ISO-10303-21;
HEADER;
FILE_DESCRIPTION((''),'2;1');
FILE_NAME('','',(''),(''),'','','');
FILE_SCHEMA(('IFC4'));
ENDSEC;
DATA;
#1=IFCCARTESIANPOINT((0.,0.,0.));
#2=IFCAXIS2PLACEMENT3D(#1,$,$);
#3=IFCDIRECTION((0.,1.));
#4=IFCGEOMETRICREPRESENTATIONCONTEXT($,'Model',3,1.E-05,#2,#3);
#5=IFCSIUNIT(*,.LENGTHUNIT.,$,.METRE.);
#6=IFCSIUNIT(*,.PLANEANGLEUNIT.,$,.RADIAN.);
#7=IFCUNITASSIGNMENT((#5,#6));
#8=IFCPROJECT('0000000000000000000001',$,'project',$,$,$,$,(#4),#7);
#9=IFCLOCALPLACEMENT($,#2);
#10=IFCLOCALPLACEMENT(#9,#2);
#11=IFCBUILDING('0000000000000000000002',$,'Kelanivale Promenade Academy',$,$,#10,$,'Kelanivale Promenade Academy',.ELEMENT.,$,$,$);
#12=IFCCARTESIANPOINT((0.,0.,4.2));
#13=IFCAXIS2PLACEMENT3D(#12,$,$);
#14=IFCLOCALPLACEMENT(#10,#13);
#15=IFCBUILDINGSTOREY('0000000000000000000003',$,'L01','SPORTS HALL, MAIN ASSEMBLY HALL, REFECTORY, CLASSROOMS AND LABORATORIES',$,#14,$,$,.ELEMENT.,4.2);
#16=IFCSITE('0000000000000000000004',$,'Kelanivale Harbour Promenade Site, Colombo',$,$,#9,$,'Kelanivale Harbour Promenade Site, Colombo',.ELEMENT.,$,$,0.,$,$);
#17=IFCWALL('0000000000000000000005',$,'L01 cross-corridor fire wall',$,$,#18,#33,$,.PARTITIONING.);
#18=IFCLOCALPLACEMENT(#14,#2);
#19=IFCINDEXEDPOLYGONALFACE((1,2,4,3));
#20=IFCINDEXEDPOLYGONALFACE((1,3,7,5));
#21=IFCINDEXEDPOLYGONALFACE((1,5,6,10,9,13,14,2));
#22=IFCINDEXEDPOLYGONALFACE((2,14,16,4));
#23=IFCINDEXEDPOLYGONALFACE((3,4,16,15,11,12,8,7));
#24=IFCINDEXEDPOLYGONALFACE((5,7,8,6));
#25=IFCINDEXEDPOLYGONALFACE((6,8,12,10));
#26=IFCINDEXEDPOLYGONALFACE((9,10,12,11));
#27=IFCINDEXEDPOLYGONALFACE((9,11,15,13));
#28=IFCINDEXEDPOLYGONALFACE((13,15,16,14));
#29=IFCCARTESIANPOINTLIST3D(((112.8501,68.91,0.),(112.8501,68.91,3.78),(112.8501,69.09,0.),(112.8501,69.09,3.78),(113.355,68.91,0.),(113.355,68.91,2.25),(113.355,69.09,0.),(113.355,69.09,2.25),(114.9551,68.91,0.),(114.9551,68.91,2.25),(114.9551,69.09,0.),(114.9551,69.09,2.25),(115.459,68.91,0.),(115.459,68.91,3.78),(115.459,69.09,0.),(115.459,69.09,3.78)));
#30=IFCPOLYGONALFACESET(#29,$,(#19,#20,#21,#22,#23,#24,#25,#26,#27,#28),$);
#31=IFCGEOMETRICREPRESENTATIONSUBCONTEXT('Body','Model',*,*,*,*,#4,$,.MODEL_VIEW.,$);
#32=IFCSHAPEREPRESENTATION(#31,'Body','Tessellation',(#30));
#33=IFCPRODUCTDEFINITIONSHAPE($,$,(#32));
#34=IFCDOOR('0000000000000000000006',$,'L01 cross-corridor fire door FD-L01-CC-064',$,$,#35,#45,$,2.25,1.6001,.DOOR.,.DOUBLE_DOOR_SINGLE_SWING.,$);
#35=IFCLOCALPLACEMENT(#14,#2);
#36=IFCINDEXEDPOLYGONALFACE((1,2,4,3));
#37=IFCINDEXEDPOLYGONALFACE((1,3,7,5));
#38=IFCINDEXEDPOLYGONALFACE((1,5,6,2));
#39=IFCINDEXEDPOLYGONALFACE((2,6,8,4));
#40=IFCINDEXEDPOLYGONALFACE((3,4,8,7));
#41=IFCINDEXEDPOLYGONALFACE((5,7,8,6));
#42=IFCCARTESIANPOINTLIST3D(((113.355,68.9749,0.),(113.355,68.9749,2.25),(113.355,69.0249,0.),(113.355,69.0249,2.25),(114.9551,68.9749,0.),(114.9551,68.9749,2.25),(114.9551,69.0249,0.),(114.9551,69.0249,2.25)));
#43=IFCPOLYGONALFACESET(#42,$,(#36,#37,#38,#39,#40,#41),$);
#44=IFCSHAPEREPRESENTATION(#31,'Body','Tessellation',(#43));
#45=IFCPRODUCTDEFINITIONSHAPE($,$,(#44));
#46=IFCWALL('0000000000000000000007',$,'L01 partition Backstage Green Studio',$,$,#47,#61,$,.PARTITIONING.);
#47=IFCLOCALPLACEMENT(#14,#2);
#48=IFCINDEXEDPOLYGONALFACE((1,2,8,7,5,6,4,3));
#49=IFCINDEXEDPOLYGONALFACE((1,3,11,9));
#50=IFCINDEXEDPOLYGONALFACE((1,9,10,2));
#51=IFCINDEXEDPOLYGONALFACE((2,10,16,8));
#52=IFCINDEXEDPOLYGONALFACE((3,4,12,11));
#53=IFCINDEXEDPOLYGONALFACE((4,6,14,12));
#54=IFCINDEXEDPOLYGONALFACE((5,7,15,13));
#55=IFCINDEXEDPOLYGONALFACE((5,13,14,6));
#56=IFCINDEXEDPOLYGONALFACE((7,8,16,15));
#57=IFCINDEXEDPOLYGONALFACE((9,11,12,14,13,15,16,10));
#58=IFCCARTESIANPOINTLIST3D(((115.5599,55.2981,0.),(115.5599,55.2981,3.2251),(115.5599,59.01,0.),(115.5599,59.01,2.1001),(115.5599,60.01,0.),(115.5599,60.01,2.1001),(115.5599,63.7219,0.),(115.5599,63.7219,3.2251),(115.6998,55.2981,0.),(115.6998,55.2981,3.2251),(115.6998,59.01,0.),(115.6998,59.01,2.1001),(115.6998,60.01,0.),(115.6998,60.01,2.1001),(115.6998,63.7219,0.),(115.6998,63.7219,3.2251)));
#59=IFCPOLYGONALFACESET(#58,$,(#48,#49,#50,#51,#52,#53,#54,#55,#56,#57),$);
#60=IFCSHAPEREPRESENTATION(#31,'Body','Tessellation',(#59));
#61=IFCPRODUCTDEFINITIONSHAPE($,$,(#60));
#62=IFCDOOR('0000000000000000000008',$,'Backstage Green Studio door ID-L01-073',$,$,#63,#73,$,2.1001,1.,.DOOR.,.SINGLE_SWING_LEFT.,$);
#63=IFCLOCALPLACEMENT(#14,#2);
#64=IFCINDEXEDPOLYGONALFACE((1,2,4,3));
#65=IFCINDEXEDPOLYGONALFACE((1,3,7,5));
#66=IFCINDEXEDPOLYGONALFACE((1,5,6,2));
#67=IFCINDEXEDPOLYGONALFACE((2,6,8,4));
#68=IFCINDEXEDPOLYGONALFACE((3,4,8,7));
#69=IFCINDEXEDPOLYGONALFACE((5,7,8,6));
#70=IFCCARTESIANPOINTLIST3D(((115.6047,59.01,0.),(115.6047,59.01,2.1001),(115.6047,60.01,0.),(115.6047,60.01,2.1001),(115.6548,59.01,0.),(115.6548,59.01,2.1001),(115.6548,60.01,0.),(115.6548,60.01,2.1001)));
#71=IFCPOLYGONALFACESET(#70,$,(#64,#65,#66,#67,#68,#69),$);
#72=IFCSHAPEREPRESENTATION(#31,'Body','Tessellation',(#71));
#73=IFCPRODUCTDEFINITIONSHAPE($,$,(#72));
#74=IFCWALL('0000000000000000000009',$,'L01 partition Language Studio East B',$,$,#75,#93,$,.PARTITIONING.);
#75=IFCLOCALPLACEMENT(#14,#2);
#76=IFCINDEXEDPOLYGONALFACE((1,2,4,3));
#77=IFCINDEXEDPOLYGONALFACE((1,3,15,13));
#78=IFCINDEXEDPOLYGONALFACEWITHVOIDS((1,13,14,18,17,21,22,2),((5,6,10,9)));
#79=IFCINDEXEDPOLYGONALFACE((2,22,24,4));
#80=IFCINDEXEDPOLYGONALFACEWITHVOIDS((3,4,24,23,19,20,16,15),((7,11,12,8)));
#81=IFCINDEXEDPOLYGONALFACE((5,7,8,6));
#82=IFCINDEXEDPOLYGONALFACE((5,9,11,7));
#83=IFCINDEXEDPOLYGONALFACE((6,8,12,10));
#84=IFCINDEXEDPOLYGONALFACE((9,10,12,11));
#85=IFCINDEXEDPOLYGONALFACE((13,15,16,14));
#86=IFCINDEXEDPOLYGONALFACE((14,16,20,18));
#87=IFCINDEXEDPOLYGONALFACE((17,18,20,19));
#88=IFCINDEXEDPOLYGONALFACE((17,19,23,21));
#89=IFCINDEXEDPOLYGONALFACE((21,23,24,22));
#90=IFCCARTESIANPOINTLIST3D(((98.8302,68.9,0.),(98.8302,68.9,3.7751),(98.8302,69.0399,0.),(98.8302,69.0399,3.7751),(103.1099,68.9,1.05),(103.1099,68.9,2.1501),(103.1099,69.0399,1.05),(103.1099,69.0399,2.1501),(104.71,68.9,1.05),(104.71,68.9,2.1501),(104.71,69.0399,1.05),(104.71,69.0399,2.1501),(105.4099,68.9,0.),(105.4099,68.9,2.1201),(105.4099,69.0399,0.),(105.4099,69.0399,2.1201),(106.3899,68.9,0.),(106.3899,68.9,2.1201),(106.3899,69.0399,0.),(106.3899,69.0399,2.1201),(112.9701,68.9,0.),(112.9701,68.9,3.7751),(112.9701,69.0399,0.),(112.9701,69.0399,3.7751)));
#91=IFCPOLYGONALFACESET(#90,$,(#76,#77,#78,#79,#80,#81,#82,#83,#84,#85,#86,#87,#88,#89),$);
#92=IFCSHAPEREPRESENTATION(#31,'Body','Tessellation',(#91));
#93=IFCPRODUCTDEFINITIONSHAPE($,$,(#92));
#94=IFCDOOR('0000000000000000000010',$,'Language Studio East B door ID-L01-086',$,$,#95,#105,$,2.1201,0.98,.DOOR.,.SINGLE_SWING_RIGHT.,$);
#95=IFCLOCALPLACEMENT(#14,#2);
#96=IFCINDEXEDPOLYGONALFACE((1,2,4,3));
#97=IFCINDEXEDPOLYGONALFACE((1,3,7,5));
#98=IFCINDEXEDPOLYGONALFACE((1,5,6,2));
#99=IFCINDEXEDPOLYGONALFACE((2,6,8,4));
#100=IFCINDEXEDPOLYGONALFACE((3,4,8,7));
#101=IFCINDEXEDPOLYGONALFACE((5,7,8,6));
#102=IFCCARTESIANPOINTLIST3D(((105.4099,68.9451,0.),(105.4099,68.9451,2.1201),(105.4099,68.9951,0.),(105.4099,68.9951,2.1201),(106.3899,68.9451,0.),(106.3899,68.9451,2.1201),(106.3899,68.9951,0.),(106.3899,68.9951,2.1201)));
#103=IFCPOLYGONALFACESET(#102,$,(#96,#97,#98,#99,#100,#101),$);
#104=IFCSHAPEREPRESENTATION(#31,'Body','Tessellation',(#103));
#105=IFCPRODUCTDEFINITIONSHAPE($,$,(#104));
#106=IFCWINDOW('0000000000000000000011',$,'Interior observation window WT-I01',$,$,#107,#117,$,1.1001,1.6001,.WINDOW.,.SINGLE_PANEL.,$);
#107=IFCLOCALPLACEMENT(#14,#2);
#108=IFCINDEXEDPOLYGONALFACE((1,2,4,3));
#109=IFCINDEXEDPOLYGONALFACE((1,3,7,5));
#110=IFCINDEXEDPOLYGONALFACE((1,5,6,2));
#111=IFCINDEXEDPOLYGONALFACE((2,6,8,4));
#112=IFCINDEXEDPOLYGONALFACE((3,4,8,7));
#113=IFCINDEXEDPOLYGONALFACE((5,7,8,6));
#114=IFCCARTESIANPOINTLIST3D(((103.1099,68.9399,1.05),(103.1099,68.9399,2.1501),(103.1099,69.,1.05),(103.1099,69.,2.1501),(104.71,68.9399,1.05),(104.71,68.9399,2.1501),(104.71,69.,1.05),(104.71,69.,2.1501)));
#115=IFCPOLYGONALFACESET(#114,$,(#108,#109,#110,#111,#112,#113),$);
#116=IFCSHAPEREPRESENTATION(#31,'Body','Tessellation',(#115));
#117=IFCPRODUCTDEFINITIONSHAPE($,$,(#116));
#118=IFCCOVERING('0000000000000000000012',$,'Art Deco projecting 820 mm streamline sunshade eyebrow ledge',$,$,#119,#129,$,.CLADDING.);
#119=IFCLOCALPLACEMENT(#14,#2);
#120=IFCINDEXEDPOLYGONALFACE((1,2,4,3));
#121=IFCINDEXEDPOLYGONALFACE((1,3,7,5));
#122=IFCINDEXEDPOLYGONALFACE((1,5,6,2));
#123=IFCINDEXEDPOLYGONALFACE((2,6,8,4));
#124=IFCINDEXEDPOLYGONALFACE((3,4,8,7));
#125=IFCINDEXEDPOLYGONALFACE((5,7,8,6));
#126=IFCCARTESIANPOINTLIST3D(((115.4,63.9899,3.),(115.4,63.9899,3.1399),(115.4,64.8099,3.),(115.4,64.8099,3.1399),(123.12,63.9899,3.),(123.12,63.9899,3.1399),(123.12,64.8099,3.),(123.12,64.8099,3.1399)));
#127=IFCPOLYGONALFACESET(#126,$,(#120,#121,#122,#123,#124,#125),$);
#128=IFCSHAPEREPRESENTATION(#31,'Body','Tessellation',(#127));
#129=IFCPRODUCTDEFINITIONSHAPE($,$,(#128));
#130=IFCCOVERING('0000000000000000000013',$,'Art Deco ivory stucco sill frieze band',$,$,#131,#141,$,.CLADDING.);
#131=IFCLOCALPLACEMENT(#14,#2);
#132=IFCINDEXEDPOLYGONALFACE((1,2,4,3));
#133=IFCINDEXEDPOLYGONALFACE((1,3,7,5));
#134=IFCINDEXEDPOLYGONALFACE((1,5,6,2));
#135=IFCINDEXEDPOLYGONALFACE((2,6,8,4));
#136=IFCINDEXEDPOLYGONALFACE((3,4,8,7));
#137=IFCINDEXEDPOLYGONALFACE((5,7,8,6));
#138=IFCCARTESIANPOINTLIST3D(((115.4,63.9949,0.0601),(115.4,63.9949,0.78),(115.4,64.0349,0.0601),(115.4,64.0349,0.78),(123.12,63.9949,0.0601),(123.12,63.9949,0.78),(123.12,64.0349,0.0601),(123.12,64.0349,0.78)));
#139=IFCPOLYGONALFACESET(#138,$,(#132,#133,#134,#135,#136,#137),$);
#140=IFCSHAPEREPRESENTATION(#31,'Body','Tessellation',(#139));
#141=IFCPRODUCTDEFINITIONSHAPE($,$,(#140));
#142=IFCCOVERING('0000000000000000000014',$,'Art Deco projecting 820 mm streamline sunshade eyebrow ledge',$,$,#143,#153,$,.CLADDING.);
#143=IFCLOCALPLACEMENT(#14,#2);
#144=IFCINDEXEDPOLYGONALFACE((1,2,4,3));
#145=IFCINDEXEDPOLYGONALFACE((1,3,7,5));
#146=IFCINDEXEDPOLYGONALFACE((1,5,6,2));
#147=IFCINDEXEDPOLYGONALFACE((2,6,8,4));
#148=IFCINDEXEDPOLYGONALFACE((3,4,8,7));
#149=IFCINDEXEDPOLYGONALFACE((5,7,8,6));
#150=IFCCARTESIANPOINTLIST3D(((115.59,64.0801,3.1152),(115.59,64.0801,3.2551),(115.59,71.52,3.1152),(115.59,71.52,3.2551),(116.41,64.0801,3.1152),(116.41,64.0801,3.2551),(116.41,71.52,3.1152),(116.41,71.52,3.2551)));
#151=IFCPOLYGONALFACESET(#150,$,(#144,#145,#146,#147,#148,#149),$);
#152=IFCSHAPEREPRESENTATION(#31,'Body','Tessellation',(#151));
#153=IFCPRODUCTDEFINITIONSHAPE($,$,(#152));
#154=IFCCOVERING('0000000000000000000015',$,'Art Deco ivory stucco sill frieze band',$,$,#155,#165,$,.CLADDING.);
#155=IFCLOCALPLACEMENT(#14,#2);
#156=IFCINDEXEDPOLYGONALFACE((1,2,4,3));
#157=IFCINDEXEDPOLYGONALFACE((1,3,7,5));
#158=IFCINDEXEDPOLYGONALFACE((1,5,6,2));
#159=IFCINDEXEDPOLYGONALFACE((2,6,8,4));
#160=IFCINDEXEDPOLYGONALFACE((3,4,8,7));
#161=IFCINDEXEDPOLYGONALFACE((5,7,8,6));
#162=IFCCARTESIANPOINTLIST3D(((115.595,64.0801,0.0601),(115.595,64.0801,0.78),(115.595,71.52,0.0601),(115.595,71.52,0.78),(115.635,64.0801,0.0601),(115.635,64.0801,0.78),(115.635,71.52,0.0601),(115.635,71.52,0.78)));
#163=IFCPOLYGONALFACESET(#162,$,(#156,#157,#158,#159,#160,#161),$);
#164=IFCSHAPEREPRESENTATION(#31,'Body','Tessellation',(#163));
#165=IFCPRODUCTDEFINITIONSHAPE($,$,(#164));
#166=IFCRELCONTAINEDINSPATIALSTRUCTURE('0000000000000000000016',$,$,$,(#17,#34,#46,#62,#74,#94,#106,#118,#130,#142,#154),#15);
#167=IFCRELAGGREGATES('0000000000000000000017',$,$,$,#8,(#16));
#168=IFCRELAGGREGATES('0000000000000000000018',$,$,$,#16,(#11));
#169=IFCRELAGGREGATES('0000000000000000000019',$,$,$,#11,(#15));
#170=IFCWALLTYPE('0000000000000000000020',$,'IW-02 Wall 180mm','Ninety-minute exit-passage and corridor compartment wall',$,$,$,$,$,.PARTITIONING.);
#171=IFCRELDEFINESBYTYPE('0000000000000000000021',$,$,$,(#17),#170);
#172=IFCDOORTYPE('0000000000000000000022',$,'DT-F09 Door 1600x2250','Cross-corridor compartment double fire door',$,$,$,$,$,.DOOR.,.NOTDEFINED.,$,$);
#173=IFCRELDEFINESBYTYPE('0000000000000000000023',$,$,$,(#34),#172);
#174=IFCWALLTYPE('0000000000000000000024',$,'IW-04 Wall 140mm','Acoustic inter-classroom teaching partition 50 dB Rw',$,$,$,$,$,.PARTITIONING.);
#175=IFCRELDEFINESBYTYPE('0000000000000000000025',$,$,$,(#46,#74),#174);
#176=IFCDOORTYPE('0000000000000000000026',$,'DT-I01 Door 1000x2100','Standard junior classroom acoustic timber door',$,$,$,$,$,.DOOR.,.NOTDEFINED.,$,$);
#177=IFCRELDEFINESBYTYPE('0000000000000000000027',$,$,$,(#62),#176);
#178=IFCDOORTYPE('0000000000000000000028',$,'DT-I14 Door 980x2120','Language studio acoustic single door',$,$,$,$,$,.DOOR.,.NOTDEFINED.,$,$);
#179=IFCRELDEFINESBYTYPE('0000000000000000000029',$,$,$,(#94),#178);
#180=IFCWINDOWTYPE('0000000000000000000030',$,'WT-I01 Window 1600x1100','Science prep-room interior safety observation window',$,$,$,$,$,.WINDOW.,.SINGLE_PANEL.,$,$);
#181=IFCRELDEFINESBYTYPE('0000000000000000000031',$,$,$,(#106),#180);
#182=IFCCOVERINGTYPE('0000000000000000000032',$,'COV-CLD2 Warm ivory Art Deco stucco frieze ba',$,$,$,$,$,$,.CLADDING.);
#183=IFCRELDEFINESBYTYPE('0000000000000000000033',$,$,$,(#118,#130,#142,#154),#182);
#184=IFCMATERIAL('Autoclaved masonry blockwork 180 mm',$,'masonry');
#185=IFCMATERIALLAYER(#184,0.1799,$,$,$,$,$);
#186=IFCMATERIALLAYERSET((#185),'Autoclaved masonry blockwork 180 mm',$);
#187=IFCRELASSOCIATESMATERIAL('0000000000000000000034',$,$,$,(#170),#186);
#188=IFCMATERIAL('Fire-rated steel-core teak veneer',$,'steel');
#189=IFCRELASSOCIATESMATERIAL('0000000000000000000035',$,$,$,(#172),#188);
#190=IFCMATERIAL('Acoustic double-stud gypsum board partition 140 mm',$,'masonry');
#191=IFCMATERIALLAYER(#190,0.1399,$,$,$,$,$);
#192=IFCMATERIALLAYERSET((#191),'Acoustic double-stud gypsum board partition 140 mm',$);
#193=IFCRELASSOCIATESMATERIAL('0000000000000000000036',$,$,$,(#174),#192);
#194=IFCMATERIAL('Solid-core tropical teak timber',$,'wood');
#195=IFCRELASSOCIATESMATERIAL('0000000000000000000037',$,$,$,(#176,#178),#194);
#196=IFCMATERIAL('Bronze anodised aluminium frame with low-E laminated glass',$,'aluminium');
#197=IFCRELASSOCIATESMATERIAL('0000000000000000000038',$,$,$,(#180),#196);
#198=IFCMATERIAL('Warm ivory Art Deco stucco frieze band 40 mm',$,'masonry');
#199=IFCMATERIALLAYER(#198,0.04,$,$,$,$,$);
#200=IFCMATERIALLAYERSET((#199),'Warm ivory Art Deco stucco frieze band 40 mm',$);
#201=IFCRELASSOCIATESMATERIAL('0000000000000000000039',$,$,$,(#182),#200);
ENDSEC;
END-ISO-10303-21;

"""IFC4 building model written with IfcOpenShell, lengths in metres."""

from ifc_helpers import new_model, si_unit, direction, frame, frame_2d, origin, origin_2d, place, context, subcontext, project, spatial, rectangle, extrude, material, layer, layer_set, type_object, element, fill, save


model = new_model("IFC4")

# Units and contexts
model_context = context("Model", 3, precision=1e-05, world=origin(), true_north=direction((0.0, 1.0)))
body_context = subcontext(model_context, "Body", "Model", "MODEL_VIEW")
ifc_project = project(units=[si_unit("LENGTHUNIT", "METRE"), si_unit("PLANEANGLEUNIT", "RADIAN")], contexts=[model_context])

# Site, building, storey
site_placement = place(None, origin())
site = spatial("IfcSite", under=ifc_project, at=site_placement, Name="Kelanivale Harbour Promenade Site, Colombo", LongName="Kelanivale Harbour Promenade Site, Colombo", CompositionType="ELEMENT", RefElevation=0.0)
building_placement = place(site_placement, origin())
building = spatial("IfcBuilding", under=site, at=building_placement, Name="Kelanivale Promenade Academy", LongName="Kelanivale Promenade Academy", CompositionType="ELEMENT")
storey_placement = place(building_placement, frame((0.0, 0.0, 4.2)))
storey = spatial("IfcBuildingStorey", under=building, at=storey_placement, Name="L01", Description="SPORTS HALL, MAIN ASSEMBLY HALL, REFECTORY, CLASSROOMS AND LABORATORIES", CompositionType="ELEMENT", Elevation=4.2)

# Shared definitions
ifc_material_1 = material(Name="Bronze anodised aluminium frame with low-E laminated glass", Category="aluminium")

# Walls, openings, doors
ifc_material_2 = material(Name="Autoclaved masonry blockwork 180 mm", Category="masonry")
ifc_layer_1 = layer(ifc_material_2, 0.1799)
ifc_layer_set_1 = layer_set([ifc_layer_1], Name="Autoclaved masonry blockwork 180 mm")
wall_type_1 = type_object("IfcWallType", Name="IW-02 Wall 180mm", Description="Ninety-minute exit-passage and corridor compartment wall", PredefinedType="PARTITIONING", material=ifc_layer_set_1)
wall_1_placement = place(storey_placement, frame((112.8501, 69.0, 0.0), z_axis=(0.0, 0.0, 1.0), x_axis=(1.0, 0.0, 0.0)))
wall_1 = element("IfcWall", 1, at=wall_1_placement, inside=storey, type_object=wall_type_1, Name="L01 cross-corridor fire wall", PredefinedType="PARTITIONING", context=body_context, shape_type="SweptSolid", body=[
    extrude(rectangle(XDim=2.6089, YDim=0.1799, at=frame_2d((1.3044, 0.0))), origin(), (0.0, 0.0, 1.0), 3.78),
])
opening_1_placement = place(wall_1_placement, frame((0.5049, 0.0, 0.0)))
opening_1 = element("IfcOpeningElement", 2, at=opening_1_placement, cuts=wall_1, PredefinedType="OPENING", context=body_context, shape_type="SweptSolid", body=[
    extrude(rectangle(XDim=1.6001, YDim=2.25, at=frame_2d((0.8, 1.125))), frame((0.0, 0.1001, 0.0), z_axis=(0.0, -1.0, 0.0), x_axis=(1.0, 0.0, 0.0)), (0.0, 0.0, 1.0), 0.2),
])
ifc_material_3 = material(Name="Fire-rated steel-core teak veneer", Category="steel")
door_type_1 = type_object("IfcDoorType", Name="DT-F09 Door 1600x2250", Description="Cross-corridor compartment double fire door", OperationType="NOTDEFINED", PredefinedType="DOOR", material=ifc_material_3)
door_1_placement = place(opening_1_placement, origin())
door_1 = element("IfcDoor", 3, at=door_1_placement, inside=storey, type_object=door_type_1, Name="L01 cross-corridor fire door FD-L01-CC-064", OperationType="DOUBLE_DOOR_SINGLE_SWING", OverallHeight=2.25, OverallWidth=1.6001, PredefinedType="DOOR", context=body_context, shape_type="SweptSolid", body=[
    extrude(rectangle(XDim=1.6001, YDim=2.25, at=frame_2d((0.8, 1.125))), frame((0.0, 0.0249, 0.0), z_axis=(0.0, -1.0, 0.0), x_axis=(1.0, 0.0, 0.0)), (0.0, 0.0, 1.0), 0.05),
])
fill(opening_1, door_1)
ifc_material_4 = material(Name="Acoustic double-stud gypsum board partition 140 mm", Category="masonry")
ifc_layer_2 = layer(ifc_material_4, 0.1399)
ifc_layer_set_2 = layer_set([ifc_layer_2], Name="Acoustic double-stud gypsum board partition 140 mm")
wall_type_2 = type_object("IfcWallType", Name="IW-04 Wall 140mm", Description="Acoustic inter-classroom teaching partition 50 dB Rw", PredefinedType="PARTITIONING", material=ifc_layer_set_2)
wall_2_placement = place(storey_placement, frame((115.6299, 63.7219, 0.0), z_axis=(0.0, 0.0, 1.0), x_axis=(0.0, -1.0, 0.0)))
wall_2 = element("IfcWall", 4, at=wall_2_placement, inside=storey, type_object=wall_type_2, Name="L01 partition Backstage Green Studio", PredefinedType="PARTITIONING", context=body_context, shape_type="SweptSolid", body=[
    extrude(rectangle(XDim=8.4238, YDim=0.1399, at=frame_2d((4.2119, 0.0))), origin(), (0.0, 0.0, 1.0), 3.2251),
])
opening_2_placement = place(wall_2_placement, frame((3.7119, 0.0, 0.0)))
opening_2 = element("IfcOpeningElement", 5, at=opening_2_placement, cuts=wall_2, PredefinedType="OPENING", context=body_context, shape_type="SweptSolid", body=[
    extrude(rectangle(XDim=1.0, YDim=2.1001, at=frame_2d((0.5, 1.05))), frame((0.0, 0.0801, 0.0), z_axis=(0.0, -1.0, 0.0), x_axis=(1.0, 0.0, 0.0)), (0.0, 0.0, 1.0), 0.1599),
])
ifc_material_5 = material(Name="Solid-core tropical teak timber", Category="wood")
door_type_2 = type_object("IfcDoorType", Name="DT-I01 Door 1000x2100", Description="Standard junior classroom acoustic timber door", OperationType="NOTDEFINED", PredefinedType="DOOR", material=ifc_material_5)
door_2_placement = place(opening_2_placement, origin())
door_2 = element("IfcDoor", 6, at=door_2_placement, inside=storey, type_object=door_type_2, Name="Backstage Green Studio door ID-L01-073", OperationType="SINGLE_SWING_LEFT", OverallHeight=2.1001, OverallWidth=1.0, PredefinedType="DOOR", context=body_context, shape_type="SweptSolid", body=[
    extrude(rectangle(XDim=1.0, YDim=2.1001, at=frame_2d((0.5, 1.05))), frame((0.0, 0.0249, 0.0), z_axis=(0.0, -1.0, 0.0), x_axis=(1.0, 0.0, 0.0)), (0.0, 0.0, 1.0), 0.05),
])
fill(opening_2, door_2)

# Wall, openings, door, window
wall_3_placement = place(storey_placement, frame((112.97, 68.97, 0.0), z_axis=(0.0, 0.0, 1.0), x_axis=(-1.0, 0.0, 0.0)))
wall_3 = element("IfcWall", 7, at=wall_3_placement, inside=storey, type_object=wall_type_2, Name="L01 partition Language Studio East B", PredefinedType="PARTITIONING", context=body_context, shape_type="SweptSolid", body=[
    extrude(rectangle(XDim=14.1399, YDim=0.1399, at=frame_2d((7.0698, 0.0))), origin(), (0.0, 0.0, 1.0), 3.7751),
])
opening_3_placement = place(wall_3_placement, frame((6.5801, 0.0, 0.0)))
opening_3 = element("IfcOpeningElement", 8, at=opening_3_placement, cuts=wall_3, PredefinedType="OPENING", context=body_context, shape_type="SweptSolid", body=[
    extrude(rectangle(XDim=0.98, YDim=2.1201, at=frame_2d((0.49, 1.0601))), frame((0.0, 0.0801, 0.0), z_axis=(0.0, -1.0, 0.0), x_axis=(1.0, 0.0, 0.0)), (0.0, 0.0, 1.0), 0.1599),
])
opening_4_placement = place(wall_3_placement, frame((8.26, 0.0, 1.05)))
opening_4 = element("IfcOpeningElement", 9, at=opening_4_placement, cuts=wall_3, PredefinedType="OPENING", context=body_context, shape_type="SweptSolid", body=[
    extrude(rectangle(XDim=1.6001, YDim=1.1001, at=frame_2d((0.8, 0.55))), frame((0.0, 0.0801, 0.0), z_axis=(0.0, -1.0, 0.0), x_axis=(1.0, 0.0, 0.0)), (0.0, 0.0, 1.0), 0.1599),
])
door_type_3 = type_object("IfcDoorType", Name="DT-I14 Door 980x2120", Description="Language studio acoustic single door", OperationType="NOTDEFINED", PredefinedType="DOOR", material=ifc_material_5)
door_3_placement = place(opening_3_placement, origin())
door_3 = element("IfcDoor", 10, at=door_3_placement, inside=storey, type_object=door_type_3, Name="Language Studio East B door ID-L01-086", OperationType="SINGLE_SWING_RIGHT", OverallHeight=2.1201, OverallWidth=0.98, PredefinedType="DOOR", context=body_context, shape_type="SweptSolid", body=[
    extrude(rectangle(XDim=0.98, YDim=2.1201, at=frame_2d((0.49, 1.0601))), frame((0.0, 0.0249, 0.0), z_axis=(0.0, -1.0, 0.0), x_axis=(1.0, 0.0, 0.0)), (0.0, 0.0, 1.0), 0.05),
])
fill(opening_3, door_3)
window_type_1 = type_object("IfcWindowType", Name="WT-I01 Window 1600x1100", Description="Science prep-room interior safety observation window", PartitioningType="SINGLE_PANEL", PredefinedType="WINDOW", material=ifc_material_1)
window_1_placement = place(opening_4_placement, origin())
window_1 = element("IfcWindow", 11, at=window_1_placement, inside=storey, type_object=window_type_1, Name="Interior observation window WT-I01", OverallHeight=1.1001, OverallWidth=1.6001, PartitioningType="SINGLE_PANEL", PredefinedType="WINDOW", context=body_context, shape_type="SweptSolid", body=[
    extrude(rectangle(XDim=1.6001, YDim=1.1001, at=frame_2d((0.8, 0.55))), frame((0.0, 0.03, 0.0), z_axis=(0.0, -1.0, 0.0), x_axis=(1.0, 0.0, 0.0)), (0.0, 0.0, 1.0), 0.0601),
])
fill(opening_4, window_1)

# Coverings
ifc_material_6 = material(Name="Warm ivory Art Deco stucco frieze band 40 mm", Category="masonry")
ifc_layer_3 = layer(ifc_material_6, 0.04)
ifc_layer_set_3 = layer_set([ifc_layer_3], Name="Warm ivory Art Deco stucco frieze band 40 mm")
covering_type = type_object("IfcCoveringType", Name="COV-CLD2 Warm ivory Art Deco stucco frieze ba", PredefinedType="CLADDING", material=ifc_layer_set_3)
covering_1_placement = place(storey_placement, frame((119.26, 64.3999, 3.0), z_axis=(0.0, 0.0, 1.0), x_axis=(-1.0, 0.0, 0.0)))
element("IfcCovering", 12, at=covering_1_placement, inside=storey, type_object=covering_type, Name="Art Deco projecting 820 mm streamline sunshade eyebrow ledge", PredefinedType="CLADDING", context=body_context, shape_type="SweptSolid", body=[
    extrude(rectangle(XDim=7.72, YDim=0.8201, at=origin_2d()), origin(), (0.0, 0.0, 1.0), 0.1399),
])
covering_2_placement = place(storey_placement, frame((119.26, 64.0149, 0.0601), z_axis=(0.0, 0.0, 1.0), x_axis=(-1.0, 0.0, 0.0)))
element("IfcCovering", 13, at=covering_2_placement, inside=storey, type_object=covering_type, Name="Art Deco ivory stucco sill frieze band", PredefinedType="CLADDING", context=body_context, shape_type="SweptSolid", body=[
    extrude(rectangle(XDim=7.72, YDim=0.04, at=origin_2d()), origin(), (0.0, 0.0, 1.0), 0.72),
])
covering_3_placement = place(storey_placement, frame((116.0, 67.8, 3.1152), z_axis=(0.0, 0.0, 1.0), x_axis=(0.0, 1.0, 0.0)))
element("IfcCovering", 14, at=covering_3_placement, inside=storey, type_object=covering_type, Name="Art Deco projecting 820 mm streamline sunshade eyebrow ledge", PredefinedType="CLADDING", context=body_context, shape_type="SweptSolid", body=[
    extrude(rectangle(XDim=7.4399, YDim=0.8201, at=origin_2d()), origin(), (0.0, 0.0, 1.0), 0.1399),
])
covering_4_placement = place(storey_placement, frame((115.615, 67.8, 0.0601), z_axis=(0.0, 0.0, 1.0), x_axis=(0.0, 1.0, 0.0)))
element("IfcCovering", 15, at=covering_4_placement, inside=storey, type_object=covering_type, Name="Art Deco ivory stucco sill frieze band", PredefinedType="CLADDING", context=body_context, shape_type="SweptSolid", body=[
    extrude(rectangle(XDim=7.4399, YDim=0.04, at=origin_2d()), origin(), (0.0, 0.0, 1.0), 0.72),
])

save(model, "model.ifc")
